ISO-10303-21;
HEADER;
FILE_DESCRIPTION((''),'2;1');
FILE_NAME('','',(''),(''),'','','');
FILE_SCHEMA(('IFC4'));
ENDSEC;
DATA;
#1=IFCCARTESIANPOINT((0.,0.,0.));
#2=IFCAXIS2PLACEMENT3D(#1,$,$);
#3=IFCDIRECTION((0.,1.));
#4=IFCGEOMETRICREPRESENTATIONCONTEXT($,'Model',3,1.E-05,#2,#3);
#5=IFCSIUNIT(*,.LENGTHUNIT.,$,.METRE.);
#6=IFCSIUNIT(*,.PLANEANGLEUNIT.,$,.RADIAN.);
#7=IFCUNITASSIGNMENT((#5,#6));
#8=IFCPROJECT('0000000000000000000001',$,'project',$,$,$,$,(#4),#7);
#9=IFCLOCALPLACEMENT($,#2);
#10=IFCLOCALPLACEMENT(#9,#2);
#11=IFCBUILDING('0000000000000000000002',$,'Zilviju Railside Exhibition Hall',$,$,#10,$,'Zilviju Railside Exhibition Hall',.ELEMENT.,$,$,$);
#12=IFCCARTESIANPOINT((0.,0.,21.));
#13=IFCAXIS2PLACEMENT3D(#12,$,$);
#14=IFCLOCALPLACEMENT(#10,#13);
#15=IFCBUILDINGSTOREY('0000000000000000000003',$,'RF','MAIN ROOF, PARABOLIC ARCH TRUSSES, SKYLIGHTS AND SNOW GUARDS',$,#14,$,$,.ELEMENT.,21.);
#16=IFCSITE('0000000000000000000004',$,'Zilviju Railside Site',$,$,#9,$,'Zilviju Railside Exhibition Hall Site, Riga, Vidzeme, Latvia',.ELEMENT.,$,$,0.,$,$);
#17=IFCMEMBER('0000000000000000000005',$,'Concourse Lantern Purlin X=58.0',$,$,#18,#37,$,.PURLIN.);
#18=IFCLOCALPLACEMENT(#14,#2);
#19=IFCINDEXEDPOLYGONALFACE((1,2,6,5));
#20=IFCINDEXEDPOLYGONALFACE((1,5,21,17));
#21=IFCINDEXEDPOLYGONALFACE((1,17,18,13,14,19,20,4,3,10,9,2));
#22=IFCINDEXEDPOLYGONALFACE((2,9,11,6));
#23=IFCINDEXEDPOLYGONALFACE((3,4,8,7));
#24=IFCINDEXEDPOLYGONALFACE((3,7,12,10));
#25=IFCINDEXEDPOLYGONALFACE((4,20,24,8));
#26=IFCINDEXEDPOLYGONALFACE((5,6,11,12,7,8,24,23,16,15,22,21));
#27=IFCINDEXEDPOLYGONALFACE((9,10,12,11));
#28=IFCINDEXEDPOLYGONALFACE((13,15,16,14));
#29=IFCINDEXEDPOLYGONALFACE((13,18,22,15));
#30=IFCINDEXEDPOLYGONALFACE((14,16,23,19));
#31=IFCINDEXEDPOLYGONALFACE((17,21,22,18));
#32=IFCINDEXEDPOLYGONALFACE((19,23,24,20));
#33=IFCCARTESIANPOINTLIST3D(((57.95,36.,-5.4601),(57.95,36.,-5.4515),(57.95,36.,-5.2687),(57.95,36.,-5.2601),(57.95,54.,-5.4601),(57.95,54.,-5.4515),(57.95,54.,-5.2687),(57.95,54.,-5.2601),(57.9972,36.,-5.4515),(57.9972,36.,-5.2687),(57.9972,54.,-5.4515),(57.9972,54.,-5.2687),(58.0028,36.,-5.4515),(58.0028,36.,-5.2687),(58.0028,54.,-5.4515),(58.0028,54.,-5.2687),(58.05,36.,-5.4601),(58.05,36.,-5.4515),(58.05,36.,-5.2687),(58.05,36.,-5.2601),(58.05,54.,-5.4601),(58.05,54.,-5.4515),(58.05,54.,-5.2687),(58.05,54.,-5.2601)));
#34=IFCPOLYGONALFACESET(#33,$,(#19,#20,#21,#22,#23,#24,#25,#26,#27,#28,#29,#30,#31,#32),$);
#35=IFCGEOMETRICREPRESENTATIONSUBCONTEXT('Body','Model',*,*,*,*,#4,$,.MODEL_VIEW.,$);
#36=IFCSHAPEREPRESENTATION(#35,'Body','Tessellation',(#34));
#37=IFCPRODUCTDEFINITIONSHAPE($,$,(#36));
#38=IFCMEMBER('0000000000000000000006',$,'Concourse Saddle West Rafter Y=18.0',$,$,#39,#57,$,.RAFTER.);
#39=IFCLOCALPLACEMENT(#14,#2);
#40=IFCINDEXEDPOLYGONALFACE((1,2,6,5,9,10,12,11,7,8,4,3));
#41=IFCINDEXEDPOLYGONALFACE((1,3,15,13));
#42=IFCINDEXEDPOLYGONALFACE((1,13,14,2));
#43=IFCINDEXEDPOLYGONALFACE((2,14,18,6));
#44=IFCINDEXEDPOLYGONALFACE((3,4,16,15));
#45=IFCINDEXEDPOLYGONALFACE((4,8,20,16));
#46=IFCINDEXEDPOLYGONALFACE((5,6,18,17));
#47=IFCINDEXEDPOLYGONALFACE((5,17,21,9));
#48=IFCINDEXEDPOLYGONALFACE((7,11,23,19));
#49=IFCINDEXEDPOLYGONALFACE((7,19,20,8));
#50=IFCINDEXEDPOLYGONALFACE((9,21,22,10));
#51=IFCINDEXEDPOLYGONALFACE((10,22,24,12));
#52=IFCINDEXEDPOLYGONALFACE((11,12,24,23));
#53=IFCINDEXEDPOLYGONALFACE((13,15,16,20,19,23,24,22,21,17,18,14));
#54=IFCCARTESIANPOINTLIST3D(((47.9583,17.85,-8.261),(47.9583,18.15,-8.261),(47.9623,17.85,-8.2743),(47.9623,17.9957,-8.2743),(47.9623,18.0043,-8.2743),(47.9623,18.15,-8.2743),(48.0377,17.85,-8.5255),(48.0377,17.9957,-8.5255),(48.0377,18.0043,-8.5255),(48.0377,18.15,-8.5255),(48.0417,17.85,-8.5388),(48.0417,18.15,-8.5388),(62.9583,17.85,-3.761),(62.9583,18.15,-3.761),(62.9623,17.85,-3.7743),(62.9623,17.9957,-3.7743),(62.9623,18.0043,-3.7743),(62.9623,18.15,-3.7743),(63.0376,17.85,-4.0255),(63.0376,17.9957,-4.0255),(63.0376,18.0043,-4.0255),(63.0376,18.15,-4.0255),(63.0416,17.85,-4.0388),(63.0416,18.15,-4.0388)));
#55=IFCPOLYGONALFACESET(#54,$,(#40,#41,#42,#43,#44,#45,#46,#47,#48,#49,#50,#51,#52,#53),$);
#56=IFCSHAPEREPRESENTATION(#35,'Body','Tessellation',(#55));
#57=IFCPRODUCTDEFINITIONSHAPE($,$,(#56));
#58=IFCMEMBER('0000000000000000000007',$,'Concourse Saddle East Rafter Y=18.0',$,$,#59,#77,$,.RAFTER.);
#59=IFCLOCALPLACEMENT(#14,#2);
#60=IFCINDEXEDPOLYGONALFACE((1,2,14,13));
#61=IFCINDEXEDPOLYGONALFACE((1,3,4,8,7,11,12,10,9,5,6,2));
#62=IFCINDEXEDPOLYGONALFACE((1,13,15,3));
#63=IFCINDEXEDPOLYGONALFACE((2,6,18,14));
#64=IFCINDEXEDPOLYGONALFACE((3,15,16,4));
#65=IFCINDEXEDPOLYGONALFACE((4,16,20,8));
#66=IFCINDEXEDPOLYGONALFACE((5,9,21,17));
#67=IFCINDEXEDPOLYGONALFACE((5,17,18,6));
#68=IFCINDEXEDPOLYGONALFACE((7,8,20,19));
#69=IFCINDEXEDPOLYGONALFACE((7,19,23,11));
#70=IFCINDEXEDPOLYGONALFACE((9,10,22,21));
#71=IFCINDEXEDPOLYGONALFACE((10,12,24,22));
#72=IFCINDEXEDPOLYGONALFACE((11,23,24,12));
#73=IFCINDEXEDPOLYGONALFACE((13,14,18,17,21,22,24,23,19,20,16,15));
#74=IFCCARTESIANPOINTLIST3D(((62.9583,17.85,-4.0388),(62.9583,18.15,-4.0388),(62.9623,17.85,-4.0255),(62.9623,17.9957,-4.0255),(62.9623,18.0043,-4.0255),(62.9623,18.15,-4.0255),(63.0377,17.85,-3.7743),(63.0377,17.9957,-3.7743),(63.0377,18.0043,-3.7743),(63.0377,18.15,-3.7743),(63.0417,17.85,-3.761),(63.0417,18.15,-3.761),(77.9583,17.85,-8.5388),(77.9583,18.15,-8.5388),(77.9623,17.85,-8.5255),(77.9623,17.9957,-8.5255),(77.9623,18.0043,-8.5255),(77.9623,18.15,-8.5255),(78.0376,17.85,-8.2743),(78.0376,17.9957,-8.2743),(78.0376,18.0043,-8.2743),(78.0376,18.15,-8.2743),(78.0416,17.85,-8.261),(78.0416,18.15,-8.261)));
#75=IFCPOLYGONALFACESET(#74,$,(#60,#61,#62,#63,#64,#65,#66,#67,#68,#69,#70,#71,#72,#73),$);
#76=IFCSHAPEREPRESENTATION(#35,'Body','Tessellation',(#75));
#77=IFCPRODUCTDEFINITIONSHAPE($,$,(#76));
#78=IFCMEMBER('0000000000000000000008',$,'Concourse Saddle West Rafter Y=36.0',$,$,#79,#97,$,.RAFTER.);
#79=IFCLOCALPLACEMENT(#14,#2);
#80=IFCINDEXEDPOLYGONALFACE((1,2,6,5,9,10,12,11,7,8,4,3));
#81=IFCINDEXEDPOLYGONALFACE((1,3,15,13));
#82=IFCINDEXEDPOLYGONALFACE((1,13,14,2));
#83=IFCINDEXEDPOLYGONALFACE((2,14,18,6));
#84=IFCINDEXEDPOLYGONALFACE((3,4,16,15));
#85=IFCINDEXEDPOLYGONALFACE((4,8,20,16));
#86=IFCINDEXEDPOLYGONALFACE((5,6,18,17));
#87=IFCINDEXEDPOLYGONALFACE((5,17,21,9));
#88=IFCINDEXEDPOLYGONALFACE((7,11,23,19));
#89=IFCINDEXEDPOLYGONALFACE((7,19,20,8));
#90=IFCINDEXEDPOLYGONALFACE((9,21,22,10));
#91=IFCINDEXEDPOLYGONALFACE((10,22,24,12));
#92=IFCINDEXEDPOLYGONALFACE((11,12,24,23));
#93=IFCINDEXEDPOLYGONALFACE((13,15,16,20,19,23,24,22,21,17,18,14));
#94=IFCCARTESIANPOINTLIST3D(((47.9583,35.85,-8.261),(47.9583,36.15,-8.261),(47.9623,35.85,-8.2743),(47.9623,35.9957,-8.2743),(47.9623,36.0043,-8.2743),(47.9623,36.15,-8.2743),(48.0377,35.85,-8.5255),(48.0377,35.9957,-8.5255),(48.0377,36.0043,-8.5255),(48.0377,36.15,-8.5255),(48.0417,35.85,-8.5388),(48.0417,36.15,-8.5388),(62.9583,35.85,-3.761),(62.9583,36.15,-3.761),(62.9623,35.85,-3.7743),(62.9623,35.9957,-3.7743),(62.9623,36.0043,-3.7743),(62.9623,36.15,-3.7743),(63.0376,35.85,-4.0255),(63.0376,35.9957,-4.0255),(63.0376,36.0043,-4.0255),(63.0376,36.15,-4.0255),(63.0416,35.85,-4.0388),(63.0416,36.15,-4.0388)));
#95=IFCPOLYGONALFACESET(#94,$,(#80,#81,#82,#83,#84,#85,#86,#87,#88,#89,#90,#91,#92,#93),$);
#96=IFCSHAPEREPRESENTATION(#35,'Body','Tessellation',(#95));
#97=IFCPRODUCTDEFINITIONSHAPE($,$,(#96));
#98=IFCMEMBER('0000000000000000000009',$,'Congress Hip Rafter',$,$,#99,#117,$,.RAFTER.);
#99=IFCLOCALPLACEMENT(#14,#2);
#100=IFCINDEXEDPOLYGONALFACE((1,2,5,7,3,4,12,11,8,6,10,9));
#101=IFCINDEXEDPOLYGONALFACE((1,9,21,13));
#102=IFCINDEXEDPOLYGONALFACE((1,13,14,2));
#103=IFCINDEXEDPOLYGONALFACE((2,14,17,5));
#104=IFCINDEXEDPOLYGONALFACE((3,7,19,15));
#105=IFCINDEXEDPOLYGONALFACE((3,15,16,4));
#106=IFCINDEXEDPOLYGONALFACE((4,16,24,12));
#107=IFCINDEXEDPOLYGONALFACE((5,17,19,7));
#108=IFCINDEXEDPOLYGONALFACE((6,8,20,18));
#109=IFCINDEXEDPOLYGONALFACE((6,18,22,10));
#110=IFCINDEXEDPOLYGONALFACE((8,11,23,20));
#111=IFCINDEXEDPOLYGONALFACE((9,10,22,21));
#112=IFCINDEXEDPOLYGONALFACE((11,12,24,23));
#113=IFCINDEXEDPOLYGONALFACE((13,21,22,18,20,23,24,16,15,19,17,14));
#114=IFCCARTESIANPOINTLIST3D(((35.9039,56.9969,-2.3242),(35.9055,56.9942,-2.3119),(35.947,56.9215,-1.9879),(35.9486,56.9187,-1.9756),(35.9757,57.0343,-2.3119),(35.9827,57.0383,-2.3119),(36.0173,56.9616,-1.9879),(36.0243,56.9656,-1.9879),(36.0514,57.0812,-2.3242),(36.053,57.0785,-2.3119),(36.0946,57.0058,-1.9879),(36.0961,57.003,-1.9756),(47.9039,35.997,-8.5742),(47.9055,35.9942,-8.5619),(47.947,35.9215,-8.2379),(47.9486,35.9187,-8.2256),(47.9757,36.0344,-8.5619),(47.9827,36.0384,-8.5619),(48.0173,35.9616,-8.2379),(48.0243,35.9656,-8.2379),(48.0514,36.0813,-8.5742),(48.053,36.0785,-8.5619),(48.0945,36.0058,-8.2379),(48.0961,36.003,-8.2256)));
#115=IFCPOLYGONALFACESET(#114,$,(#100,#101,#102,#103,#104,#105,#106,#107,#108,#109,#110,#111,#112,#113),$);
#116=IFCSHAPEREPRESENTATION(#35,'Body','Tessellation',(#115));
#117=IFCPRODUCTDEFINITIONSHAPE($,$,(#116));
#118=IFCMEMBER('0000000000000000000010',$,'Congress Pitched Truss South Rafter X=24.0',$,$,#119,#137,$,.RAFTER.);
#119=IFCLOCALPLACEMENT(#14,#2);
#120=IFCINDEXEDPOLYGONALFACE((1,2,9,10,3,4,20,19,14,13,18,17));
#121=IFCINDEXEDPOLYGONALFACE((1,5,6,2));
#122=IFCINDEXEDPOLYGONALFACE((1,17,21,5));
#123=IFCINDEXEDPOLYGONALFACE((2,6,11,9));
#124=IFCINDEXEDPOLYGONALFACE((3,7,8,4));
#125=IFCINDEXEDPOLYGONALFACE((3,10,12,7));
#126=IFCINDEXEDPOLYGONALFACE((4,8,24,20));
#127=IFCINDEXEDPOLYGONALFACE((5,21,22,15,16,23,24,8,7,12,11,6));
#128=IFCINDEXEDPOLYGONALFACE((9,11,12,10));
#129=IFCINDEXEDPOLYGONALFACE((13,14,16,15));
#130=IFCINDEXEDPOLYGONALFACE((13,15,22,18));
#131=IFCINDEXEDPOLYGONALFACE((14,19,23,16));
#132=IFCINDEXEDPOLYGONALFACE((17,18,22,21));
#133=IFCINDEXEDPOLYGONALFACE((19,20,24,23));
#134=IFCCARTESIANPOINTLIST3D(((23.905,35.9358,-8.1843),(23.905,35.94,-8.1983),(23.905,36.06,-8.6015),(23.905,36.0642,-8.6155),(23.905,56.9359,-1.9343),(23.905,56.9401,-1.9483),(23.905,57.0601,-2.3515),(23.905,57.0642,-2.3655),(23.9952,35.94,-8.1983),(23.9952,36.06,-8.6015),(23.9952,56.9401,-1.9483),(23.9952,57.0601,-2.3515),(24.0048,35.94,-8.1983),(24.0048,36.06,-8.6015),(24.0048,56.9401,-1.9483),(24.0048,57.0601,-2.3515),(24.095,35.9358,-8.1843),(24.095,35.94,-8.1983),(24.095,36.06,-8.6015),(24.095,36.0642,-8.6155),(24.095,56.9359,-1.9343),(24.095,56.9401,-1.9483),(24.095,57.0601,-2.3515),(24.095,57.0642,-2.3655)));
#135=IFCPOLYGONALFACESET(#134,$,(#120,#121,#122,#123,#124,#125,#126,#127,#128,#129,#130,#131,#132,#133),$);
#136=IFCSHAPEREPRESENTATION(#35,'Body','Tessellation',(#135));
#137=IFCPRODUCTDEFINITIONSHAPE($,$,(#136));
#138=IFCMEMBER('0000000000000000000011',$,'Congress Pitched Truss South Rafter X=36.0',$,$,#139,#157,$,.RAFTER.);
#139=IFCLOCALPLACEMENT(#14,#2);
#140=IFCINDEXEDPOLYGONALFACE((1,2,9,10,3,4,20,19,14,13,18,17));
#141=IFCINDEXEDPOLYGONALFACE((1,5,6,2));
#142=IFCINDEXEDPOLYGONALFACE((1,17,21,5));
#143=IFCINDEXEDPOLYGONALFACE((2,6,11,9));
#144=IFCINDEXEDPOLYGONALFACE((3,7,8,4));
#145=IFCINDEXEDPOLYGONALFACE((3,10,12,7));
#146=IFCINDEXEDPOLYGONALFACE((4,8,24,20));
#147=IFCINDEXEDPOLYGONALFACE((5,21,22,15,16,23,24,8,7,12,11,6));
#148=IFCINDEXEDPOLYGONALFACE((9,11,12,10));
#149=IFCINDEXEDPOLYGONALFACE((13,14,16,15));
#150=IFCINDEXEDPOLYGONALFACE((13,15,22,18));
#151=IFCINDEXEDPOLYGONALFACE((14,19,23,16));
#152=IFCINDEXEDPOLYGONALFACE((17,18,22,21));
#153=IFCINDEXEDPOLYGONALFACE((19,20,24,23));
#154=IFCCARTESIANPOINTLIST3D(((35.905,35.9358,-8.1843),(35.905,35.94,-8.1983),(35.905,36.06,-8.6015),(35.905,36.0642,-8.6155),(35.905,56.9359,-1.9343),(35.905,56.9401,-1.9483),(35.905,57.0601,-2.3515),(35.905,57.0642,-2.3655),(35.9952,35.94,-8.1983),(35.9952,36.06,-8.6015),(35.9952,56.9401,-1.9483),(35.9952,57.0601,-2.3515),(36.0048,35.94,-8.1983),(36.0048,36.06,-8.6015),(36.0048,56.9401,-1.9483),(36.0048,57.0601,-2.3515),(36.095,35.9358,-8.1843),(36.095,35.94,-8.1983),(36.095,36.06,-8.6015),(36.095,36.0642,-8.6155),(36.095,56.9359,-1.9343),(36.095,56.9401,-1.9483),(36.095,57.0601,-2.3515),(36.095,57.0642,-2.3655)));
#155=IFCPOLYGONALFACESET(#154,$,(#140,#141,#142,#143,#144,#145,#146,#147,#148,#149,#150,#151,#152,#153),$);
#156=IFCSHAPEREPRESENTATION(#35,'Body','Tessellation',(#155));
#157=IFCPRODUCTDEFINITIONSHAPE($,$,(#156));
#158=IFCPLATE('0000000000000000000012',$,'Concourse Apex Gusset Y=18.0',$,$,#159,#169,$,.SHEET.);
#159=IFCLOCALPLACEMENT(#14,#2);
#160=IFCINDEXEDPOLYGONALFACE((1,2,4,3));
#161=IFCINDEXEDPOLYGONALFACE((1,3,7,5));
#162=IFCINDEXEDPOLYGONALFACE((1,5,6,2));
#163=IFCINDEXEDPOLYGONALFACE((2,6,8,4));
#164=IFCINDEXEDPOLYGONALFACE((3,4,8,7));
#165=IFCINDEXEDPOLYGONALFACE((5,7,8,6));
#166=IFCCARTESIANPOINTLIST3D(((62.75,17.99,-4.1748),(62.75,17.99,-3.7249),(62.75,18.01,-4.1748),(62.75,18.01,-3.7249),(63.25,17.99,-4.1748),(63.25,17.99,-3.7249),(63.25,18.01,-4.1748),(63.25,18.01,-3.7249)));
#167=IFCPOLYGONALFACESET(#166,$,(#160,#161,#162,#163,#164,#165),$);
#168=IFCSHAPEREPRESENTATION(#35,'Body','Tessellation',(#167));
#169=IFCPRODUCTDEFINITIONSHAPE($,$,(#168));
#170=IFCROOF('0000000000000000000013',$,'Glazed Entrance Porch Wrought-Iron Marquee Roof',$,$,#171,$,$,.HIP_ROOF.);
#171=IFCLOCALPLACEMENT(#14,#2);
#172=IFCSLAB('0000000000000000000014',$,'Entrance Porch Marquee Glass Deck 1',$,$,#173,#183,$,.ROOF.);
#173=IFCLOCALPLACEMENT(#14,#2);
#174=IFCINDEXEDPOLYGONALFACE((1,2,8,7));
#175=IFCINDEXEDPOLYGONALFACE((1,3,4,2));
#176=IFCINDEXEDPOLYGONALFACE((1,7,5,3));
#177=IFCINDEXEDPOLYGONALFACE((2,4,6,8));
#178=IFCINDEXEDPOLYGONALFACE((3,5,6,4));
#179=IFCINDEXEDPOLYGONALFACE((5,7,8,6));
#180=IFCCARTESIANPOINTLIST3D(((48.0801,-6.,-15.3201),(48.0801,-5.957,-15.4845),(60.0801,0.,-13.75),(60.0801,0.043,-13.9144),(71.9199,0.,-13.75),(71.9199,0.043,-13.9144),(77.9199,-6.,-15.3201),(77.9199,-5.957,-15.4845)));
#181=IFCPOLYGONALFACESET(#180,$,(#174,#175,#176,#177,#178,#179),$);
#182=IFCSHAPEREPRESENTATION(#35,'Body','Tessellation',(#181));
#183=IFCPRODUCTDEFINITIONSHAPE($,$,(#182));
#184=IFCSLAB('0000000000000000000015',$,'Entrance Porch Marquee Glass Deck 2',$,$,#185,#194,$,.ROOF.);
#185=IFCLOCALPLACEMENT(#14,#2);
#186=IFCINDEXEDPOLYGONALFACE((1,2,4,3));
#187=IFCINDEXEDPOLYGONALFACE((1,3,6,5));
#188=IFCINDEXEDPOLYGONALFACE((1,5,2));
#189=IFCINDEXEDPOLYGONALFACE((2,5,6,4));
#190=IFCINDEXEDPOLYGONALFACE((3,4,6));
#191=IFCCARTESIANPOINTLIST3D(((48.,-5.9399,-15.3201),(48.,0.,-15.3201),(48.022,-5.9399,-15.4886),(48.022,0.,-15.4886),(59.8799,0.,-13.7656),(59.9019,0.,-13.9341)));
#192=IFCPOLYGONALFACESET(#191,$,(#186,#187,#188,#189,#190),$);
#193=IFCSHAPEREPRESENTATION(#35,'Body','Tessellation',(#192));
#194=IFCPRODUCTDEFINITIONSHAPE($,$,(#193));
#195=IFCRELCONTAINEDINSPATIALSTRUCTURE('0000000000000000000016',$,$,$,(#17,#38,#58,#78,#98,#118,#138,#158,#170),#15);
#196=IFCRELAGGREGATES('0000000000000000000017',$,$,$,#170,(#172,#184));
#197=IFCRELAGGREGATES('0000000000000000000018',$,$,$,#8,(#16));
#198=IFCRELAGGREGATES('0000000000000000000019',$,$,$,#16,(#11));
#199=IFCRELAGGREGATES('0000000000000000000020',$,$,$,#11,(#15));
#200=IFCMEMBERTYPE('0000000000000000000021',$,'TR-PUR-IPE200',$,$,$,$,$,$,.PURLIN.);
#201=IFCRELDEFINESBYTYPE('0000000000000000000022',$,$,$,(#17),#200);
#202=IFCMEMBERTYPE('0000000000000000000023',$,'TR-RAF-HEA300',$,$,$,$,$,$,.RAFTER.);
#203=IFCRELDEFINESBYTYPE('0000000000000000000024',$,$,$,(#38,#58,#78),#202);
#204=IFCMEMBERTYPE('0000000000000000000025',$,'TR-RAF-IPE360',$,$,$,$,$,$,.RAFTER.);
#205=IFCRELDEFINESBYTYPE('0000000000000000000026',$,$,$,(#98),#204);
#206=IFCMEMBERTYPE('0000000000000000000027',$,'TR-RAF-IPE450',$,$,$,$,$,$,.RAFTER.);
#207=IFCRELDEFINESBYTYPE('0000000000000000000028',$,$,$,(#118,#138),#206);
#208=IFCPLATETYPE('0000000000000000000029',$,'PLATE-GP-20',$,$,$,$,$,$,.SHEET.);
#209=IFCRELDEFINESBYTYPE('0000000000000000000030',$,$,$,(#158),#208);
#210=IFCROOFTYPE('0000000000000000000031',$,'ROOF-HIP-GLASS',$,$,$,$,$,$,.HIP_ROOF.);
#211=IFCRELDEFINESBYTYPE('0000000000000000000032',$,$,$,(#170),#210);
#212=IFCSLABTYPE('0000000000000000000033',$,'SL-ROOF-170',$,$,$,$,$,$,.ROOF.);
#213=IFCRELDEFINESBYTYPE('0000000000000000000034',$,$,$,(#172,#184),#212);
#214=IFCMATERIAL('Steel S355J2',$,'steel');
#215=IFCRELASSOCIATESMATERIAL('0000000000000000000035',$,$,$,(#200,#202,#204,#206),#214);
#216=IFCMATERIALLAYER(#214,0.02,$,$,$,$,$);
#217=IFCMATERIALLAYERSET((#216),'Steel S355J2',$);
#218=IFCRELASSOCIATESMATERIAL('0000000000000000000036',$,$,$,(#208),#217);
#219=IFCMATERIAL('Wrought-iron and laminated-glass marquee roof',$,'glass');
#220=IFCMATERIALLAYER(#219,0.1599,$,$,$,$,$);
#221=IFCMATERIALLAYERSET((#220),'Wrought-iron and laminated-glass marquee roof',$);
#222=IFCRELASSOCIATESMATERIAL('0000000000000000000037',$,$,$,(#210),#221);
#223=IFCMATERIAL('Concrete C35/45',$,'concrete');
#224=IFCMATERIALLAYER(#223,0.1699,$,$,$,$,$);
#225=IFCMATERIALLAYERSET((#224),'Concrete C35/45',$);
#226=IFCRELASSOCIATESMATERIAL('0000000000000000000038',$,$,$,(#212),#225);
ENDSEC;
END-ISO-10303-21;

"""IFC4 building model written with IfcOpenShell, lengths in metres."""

from ifc_helpers import new_model, si_unit, direction, frame, origin, origin_2d, place, context, subcontext, project, spatial, polyline, rectangle, i_section, outline, extrude, material, layer, layer_set, material_profile, profile_set, type_object, element, aggregate, save


model = new_model("IFC4")

# Units and contexts
model_context = context("Model", 3, precision=1e-05, world=origin(), true_north=direction((0.0, 1.0)))
body_context = subcontext(model_context, "Body", "Model", "MODEL_VIEW")
ifc_project = project(units=[si_unit("LENGTHUNIT", "METRE"), si_unit("PLANEANGLEUNIT", "RADIAN")], contexts=[model_context])

# Site, building, storey
site_placement = place(None, origin())
site = spatial("IfcSite", under=ifc_project, at=site_placement, Name="Zilviju Railside Site", LongName="Zilviju Railside Exhibition Hall Site, Riga, Vidzeme, Latvia", CompositionType="ELEMENT", RefElevation=0.0)
building_placement = place(site_placement, origin())
building = spatial("IfcBuilding", under=site, at=building_placement, Name="Zilviju Railside Exhibition Hall", LongName="Zilviju Railside Exhibition Hall", CompositionType="ELEMENT")
storey_placement = place(building_placement, frame((0.0, 0.0, 21.0)))
storey = spatial("IfcBuildingStorey", under=building, at=storey_placement, Name="RF", Description="MAIN ROOF, PARABOLIC ARCH TRUSSES, SKYLIGHTS AND SNOW GUARDS", CompositionType="ELEMENT", Elevation=21.0)

# Members
ifc_material_1 = material(Name="Steel S355J2", Category="steel")
ifc_material_profile_1 = material_profile(ifc_material_1, i_section(OverallWidth=0.1001, OverallDepth=0.2, WebThickness=0.0056, FlangeThickness=0.0085, at=origin_2d()), Name="IPE 200")
ifc_profile_set_1 = profile_set([ifc_material_profile_1], Name="Steel S355J2")
member_type_1 = type_object("IfcMemberType", Name="TR-PUR-IPE200", PredefinedType="PURLIN", material=ifc_profile_set_1)
for number, where, z_axis, x_axis, name in (
    (1, (58.0, 36.0, -5.3601), (0.0, 1.0, 0.0), (-1.0, 0.0, 0.0), "Concourse Lantern Purlin X=58.0"),
):
    element("IfcMember", number, at=place(storey_placement, frame(where, z_axis=z_axis, x_axis=x_axis)), inside=storey, type_object=member_type_1, Name=name, PredefinedType="PURLIN", context=body_context, shape_type="SweptSolid", body=[
        extrude(i_section(OverallWidth=0.1001, OverallDepth=0.2, WebThickness=0.0056, FlangeThickness=0.0085, at=origin_2d()), origin(), (0.0, 0.0, 1.0), 18.0),
    ])
ifc_material_profile_2 = material_profile(ifc_material_1, i_section(OverallWidth=0.3, OverallDepth=0.29, WebThickness=0.0085, FlangeThickness=0.0139, at=origin_2d()), Name="HEA 300")
ifc_profile_set_2 = profile_set([ifc_material_profile_2], Name="Steel S355J2")
member_type_2 = type_object("IfcMemberType", Name="TR-RAF-HEA300", PredefinedType="RAFTER", material=ifc_profile_set_2)
for number, where, z_axis, x_axis, name in (
    (2, (48.0, 18.0, -8.3999), (0.957826, 0.0, 0.287348), (0.0, 1.0, 0.0), "Concourse Saddle West Rafter Y=18.0"),
    (3, (63.0, 18.0, -3.8999), (0.957826, 0.0, -0.287348), (0.0, 1.0, 0.0), "Concourse Saddle East Rafter Y=18.0"),
    (4, (48.0, 36.0, -8.3999), (0.957826, 0.0, 0.287348), (0.0, 1.0, 0.0), "Concourse Saddle West Rafter Y=36.0"),
):
    element("IfcMember", number, at=place(storey_placement, frame(where, z_axis=z_axis, x_axis=x_axis)), inside=storey, type_object=member_type_2, Name=name, PredefinedType="RAFTER", context=body_context, shape_type="SweptSolid", body=[
        extrude(i_section(OverallWidth=0.3, OverallDepth=0.29, WebThickness=0.0085, FlangeThickness=0.0139, at=origin_2d()), origin(), (0.0, 0.0, 1.0), 15.6604),
    ])
ifc_material_profile_3 = material_profile(ifc_material_1, i_section(OverallWidth=0.1699, OverallDepth=0.3601, WebThickness=0.0081, FlangeThickness=0.0127, at=origin_2d()), Name="IPE 360")
ifc_profile_set_3 = profile_set([ifc_material_profile_3], Name="Steel S355J2")
member_type_3 = type_object("IfcMemberType", Name="TR-RAF-IPE360", PredefinedType="RAFTER", material=ifc_profile_set_3)
member_1_placement = place(storey_placement, frame((48.0, 36.0, -8.3999), z_axis=(-0.48036, 0.840631, 0.250188), x_axis=(-0.868243, -0.496139, 0.0)))
element("IfcMember", 5, at=member_1_placement, inside=storey, type_object=member_type_3, Name="Congress Hip Rafter", PredefinedType="RAFTER", context=body_context, shape_type="SweptSolid", body=[
    extrude(i_section(OverallWidth=0.1699, OverallDepth=0.3601, WebThickness=0.0081, FlangeThickness=0.0127, at=origin_2d()), origin(), (0.0, 0.0, 1.0), 24.9812),
])
ifc_material_profile_4 = material_profile(ifc_material_1, i_section(OverallWidth=0.1899, OverallDepth=0.45, WebThickness=0.0095, FlangeThickness=0.0146, at=origin_2d()), Name="IPE 450")
ifc_profile_set_4 = profile_set([ifc_material_profile_4], Name="Steel S355J2")
member_type_4 = type_object("IfcMemberType", Name="TR-RAF-IPE450", PredefinedType="RAFTER", material=ifc_profile_set_4)
for number, where, z_axis, x_axis, name in (
    (6, (24.0, 36.0, -8.3999), (0.0, 0.958452, 0.285254), (-1.0, 0.0, 0.0), "Congress Pitched Truss South Rafter X=24.0"),
    (7, (36.0, 36.0, -8.3999), (0.0, 0.958452, 0.285254), (-1.0, 0.0, 0.0), "Congress Pitched Truss South Rafter X=36.0"),
):
    element("IfcMember", number, at=place(storey_placement, frame(where, z_axis=z_axis, x_axis=x_axis)), inside=storey, type_object=member_type_4, Name=name, PredefinedType="RAFTER", context=body_context, shape_type="SweptSolid", body=[
        extrude(i_section(OverallWidth=0.1899, OverallDepth=0.45, WebThickness=0.0095, FlangeThickness=0.0146, at=origin_2d()), origin(), (0.0, 0.0, 1.0), 21.9104),
    ])

# Plate
ifc_layer_1 = layer(ifc_material_1, 0.02)
ifc_layer_set_1 = layer_set([ifc_layer_1], Name="Steel S355J2")
plate_type = type_object("IfcPlateType", Name="PLATE-GP-20", PredefinedType="SHEET", material=ifc_layer_set_1)
plate_placement = place(storey_placement, frame((63.0, 18.0, -4.1748), z_axis=(0.0, 0.0, 1.0), x_axis=(1.0, 0.0, 0.0)))
element("IfcPlate", 8, at=plate_placement, inside=storey, type_object=plate_type, Name="Concourse Apex Gusset Y=18.0", PredefinedType="SHEET", context=body_context, shape_type="SweptSolid", body=[
    extrude(rectangle(XDim=0.5, YDim=0.02, at=origin_2d()), origin(), (0.0, 0.0, 1.0), 0.45),
])

# Roof, slabs
ifc_material_2 = material(Name="Wrought-iron and laminated-glass marquee roof", Category="glass")
ifc_layer_2 = layer(ifc_material_2, 0.1599)
ifc_layer_set_2 = layer_set([ifc_layer_2], Name="Wrought-iron and laminated-glass marquee roof")
roof_type_1 = type_object("IfcRoofType", Name="ROOF-HIP-GLASS", PredefinedType="HIP_ROOF", material=ifc_layer_set_2)
roof_1_placement = place(storey_placement, origin())
roof_1 = element("IfcRoof", 9, at=roof_1_placement, inside=storey, type_object=roof_type_1, Name="Glazed Entrance Porch Wrought-Iron Marquee Roof", PredefinedType="HIP_ROOF")
ifc_material_3 = material(Name="Concrete C35/45", Category="concrete")
ifc_layer_3 = layer(ifc_material_3, 0.1699)
ifc_layer_set_3 = layer_set([ifc_layer_3], Name="Concrete C35/45")
slab_type_1 = type_object("IfcSlabType", Name="SL-ROOF-170", PredefinedType="ROOF", material=ifc_layer_set_3)
slab_1_placement = place(storey_placement, frame((48.0801, -6.0, -15.3201), z_axis=(0.0, -0.253154, 0.967426), x_axis=(1.0, 0.0, 0.0)))
slab_1 = element("IfcSlab", 10, at=slab_1_placement, type_object=slab_type_1, Name="Entrance Porch Marquee Glass Deck 1", PredefinedType="ROOF", context=body_context, shape_type="SweptSolid", body=[
    extrude(outline(polyline([(0.0, 0.0), (29.8398, 0.0), (23.8398, 6.202), (12.0, 6.202), (0.0, 0.0)])), origin(), (0.0, 0.0, -1.0), 0.1699),
])
slab_2_placement = place(storey_placement, frame((48.0, 0.0, -15.3201), z_axis=(-0.129741, 0.0, 0.991548), x_axis=(0.0, -1.0, 0.0)))
slab_2 = element("IfcSlab", 11, at=slab_2_placement, type_object=slab_type_1, Name="Entrance Porch Marquee Glass Deck 2", PredefinedType="ROOF", context=body_context, shape_type="SweptSolid", body=[
    extrude(outline(polyline([(0.0, 0.0), (5.9399, 0.0), (0.0, 11.9811), (0.0, 0.0)])), origin(), (0.0, 0.0, -1.0), 0.1699),
])
aggregate(roof_1, [slab_1, slab_2])

save(model, "model.ifc")
